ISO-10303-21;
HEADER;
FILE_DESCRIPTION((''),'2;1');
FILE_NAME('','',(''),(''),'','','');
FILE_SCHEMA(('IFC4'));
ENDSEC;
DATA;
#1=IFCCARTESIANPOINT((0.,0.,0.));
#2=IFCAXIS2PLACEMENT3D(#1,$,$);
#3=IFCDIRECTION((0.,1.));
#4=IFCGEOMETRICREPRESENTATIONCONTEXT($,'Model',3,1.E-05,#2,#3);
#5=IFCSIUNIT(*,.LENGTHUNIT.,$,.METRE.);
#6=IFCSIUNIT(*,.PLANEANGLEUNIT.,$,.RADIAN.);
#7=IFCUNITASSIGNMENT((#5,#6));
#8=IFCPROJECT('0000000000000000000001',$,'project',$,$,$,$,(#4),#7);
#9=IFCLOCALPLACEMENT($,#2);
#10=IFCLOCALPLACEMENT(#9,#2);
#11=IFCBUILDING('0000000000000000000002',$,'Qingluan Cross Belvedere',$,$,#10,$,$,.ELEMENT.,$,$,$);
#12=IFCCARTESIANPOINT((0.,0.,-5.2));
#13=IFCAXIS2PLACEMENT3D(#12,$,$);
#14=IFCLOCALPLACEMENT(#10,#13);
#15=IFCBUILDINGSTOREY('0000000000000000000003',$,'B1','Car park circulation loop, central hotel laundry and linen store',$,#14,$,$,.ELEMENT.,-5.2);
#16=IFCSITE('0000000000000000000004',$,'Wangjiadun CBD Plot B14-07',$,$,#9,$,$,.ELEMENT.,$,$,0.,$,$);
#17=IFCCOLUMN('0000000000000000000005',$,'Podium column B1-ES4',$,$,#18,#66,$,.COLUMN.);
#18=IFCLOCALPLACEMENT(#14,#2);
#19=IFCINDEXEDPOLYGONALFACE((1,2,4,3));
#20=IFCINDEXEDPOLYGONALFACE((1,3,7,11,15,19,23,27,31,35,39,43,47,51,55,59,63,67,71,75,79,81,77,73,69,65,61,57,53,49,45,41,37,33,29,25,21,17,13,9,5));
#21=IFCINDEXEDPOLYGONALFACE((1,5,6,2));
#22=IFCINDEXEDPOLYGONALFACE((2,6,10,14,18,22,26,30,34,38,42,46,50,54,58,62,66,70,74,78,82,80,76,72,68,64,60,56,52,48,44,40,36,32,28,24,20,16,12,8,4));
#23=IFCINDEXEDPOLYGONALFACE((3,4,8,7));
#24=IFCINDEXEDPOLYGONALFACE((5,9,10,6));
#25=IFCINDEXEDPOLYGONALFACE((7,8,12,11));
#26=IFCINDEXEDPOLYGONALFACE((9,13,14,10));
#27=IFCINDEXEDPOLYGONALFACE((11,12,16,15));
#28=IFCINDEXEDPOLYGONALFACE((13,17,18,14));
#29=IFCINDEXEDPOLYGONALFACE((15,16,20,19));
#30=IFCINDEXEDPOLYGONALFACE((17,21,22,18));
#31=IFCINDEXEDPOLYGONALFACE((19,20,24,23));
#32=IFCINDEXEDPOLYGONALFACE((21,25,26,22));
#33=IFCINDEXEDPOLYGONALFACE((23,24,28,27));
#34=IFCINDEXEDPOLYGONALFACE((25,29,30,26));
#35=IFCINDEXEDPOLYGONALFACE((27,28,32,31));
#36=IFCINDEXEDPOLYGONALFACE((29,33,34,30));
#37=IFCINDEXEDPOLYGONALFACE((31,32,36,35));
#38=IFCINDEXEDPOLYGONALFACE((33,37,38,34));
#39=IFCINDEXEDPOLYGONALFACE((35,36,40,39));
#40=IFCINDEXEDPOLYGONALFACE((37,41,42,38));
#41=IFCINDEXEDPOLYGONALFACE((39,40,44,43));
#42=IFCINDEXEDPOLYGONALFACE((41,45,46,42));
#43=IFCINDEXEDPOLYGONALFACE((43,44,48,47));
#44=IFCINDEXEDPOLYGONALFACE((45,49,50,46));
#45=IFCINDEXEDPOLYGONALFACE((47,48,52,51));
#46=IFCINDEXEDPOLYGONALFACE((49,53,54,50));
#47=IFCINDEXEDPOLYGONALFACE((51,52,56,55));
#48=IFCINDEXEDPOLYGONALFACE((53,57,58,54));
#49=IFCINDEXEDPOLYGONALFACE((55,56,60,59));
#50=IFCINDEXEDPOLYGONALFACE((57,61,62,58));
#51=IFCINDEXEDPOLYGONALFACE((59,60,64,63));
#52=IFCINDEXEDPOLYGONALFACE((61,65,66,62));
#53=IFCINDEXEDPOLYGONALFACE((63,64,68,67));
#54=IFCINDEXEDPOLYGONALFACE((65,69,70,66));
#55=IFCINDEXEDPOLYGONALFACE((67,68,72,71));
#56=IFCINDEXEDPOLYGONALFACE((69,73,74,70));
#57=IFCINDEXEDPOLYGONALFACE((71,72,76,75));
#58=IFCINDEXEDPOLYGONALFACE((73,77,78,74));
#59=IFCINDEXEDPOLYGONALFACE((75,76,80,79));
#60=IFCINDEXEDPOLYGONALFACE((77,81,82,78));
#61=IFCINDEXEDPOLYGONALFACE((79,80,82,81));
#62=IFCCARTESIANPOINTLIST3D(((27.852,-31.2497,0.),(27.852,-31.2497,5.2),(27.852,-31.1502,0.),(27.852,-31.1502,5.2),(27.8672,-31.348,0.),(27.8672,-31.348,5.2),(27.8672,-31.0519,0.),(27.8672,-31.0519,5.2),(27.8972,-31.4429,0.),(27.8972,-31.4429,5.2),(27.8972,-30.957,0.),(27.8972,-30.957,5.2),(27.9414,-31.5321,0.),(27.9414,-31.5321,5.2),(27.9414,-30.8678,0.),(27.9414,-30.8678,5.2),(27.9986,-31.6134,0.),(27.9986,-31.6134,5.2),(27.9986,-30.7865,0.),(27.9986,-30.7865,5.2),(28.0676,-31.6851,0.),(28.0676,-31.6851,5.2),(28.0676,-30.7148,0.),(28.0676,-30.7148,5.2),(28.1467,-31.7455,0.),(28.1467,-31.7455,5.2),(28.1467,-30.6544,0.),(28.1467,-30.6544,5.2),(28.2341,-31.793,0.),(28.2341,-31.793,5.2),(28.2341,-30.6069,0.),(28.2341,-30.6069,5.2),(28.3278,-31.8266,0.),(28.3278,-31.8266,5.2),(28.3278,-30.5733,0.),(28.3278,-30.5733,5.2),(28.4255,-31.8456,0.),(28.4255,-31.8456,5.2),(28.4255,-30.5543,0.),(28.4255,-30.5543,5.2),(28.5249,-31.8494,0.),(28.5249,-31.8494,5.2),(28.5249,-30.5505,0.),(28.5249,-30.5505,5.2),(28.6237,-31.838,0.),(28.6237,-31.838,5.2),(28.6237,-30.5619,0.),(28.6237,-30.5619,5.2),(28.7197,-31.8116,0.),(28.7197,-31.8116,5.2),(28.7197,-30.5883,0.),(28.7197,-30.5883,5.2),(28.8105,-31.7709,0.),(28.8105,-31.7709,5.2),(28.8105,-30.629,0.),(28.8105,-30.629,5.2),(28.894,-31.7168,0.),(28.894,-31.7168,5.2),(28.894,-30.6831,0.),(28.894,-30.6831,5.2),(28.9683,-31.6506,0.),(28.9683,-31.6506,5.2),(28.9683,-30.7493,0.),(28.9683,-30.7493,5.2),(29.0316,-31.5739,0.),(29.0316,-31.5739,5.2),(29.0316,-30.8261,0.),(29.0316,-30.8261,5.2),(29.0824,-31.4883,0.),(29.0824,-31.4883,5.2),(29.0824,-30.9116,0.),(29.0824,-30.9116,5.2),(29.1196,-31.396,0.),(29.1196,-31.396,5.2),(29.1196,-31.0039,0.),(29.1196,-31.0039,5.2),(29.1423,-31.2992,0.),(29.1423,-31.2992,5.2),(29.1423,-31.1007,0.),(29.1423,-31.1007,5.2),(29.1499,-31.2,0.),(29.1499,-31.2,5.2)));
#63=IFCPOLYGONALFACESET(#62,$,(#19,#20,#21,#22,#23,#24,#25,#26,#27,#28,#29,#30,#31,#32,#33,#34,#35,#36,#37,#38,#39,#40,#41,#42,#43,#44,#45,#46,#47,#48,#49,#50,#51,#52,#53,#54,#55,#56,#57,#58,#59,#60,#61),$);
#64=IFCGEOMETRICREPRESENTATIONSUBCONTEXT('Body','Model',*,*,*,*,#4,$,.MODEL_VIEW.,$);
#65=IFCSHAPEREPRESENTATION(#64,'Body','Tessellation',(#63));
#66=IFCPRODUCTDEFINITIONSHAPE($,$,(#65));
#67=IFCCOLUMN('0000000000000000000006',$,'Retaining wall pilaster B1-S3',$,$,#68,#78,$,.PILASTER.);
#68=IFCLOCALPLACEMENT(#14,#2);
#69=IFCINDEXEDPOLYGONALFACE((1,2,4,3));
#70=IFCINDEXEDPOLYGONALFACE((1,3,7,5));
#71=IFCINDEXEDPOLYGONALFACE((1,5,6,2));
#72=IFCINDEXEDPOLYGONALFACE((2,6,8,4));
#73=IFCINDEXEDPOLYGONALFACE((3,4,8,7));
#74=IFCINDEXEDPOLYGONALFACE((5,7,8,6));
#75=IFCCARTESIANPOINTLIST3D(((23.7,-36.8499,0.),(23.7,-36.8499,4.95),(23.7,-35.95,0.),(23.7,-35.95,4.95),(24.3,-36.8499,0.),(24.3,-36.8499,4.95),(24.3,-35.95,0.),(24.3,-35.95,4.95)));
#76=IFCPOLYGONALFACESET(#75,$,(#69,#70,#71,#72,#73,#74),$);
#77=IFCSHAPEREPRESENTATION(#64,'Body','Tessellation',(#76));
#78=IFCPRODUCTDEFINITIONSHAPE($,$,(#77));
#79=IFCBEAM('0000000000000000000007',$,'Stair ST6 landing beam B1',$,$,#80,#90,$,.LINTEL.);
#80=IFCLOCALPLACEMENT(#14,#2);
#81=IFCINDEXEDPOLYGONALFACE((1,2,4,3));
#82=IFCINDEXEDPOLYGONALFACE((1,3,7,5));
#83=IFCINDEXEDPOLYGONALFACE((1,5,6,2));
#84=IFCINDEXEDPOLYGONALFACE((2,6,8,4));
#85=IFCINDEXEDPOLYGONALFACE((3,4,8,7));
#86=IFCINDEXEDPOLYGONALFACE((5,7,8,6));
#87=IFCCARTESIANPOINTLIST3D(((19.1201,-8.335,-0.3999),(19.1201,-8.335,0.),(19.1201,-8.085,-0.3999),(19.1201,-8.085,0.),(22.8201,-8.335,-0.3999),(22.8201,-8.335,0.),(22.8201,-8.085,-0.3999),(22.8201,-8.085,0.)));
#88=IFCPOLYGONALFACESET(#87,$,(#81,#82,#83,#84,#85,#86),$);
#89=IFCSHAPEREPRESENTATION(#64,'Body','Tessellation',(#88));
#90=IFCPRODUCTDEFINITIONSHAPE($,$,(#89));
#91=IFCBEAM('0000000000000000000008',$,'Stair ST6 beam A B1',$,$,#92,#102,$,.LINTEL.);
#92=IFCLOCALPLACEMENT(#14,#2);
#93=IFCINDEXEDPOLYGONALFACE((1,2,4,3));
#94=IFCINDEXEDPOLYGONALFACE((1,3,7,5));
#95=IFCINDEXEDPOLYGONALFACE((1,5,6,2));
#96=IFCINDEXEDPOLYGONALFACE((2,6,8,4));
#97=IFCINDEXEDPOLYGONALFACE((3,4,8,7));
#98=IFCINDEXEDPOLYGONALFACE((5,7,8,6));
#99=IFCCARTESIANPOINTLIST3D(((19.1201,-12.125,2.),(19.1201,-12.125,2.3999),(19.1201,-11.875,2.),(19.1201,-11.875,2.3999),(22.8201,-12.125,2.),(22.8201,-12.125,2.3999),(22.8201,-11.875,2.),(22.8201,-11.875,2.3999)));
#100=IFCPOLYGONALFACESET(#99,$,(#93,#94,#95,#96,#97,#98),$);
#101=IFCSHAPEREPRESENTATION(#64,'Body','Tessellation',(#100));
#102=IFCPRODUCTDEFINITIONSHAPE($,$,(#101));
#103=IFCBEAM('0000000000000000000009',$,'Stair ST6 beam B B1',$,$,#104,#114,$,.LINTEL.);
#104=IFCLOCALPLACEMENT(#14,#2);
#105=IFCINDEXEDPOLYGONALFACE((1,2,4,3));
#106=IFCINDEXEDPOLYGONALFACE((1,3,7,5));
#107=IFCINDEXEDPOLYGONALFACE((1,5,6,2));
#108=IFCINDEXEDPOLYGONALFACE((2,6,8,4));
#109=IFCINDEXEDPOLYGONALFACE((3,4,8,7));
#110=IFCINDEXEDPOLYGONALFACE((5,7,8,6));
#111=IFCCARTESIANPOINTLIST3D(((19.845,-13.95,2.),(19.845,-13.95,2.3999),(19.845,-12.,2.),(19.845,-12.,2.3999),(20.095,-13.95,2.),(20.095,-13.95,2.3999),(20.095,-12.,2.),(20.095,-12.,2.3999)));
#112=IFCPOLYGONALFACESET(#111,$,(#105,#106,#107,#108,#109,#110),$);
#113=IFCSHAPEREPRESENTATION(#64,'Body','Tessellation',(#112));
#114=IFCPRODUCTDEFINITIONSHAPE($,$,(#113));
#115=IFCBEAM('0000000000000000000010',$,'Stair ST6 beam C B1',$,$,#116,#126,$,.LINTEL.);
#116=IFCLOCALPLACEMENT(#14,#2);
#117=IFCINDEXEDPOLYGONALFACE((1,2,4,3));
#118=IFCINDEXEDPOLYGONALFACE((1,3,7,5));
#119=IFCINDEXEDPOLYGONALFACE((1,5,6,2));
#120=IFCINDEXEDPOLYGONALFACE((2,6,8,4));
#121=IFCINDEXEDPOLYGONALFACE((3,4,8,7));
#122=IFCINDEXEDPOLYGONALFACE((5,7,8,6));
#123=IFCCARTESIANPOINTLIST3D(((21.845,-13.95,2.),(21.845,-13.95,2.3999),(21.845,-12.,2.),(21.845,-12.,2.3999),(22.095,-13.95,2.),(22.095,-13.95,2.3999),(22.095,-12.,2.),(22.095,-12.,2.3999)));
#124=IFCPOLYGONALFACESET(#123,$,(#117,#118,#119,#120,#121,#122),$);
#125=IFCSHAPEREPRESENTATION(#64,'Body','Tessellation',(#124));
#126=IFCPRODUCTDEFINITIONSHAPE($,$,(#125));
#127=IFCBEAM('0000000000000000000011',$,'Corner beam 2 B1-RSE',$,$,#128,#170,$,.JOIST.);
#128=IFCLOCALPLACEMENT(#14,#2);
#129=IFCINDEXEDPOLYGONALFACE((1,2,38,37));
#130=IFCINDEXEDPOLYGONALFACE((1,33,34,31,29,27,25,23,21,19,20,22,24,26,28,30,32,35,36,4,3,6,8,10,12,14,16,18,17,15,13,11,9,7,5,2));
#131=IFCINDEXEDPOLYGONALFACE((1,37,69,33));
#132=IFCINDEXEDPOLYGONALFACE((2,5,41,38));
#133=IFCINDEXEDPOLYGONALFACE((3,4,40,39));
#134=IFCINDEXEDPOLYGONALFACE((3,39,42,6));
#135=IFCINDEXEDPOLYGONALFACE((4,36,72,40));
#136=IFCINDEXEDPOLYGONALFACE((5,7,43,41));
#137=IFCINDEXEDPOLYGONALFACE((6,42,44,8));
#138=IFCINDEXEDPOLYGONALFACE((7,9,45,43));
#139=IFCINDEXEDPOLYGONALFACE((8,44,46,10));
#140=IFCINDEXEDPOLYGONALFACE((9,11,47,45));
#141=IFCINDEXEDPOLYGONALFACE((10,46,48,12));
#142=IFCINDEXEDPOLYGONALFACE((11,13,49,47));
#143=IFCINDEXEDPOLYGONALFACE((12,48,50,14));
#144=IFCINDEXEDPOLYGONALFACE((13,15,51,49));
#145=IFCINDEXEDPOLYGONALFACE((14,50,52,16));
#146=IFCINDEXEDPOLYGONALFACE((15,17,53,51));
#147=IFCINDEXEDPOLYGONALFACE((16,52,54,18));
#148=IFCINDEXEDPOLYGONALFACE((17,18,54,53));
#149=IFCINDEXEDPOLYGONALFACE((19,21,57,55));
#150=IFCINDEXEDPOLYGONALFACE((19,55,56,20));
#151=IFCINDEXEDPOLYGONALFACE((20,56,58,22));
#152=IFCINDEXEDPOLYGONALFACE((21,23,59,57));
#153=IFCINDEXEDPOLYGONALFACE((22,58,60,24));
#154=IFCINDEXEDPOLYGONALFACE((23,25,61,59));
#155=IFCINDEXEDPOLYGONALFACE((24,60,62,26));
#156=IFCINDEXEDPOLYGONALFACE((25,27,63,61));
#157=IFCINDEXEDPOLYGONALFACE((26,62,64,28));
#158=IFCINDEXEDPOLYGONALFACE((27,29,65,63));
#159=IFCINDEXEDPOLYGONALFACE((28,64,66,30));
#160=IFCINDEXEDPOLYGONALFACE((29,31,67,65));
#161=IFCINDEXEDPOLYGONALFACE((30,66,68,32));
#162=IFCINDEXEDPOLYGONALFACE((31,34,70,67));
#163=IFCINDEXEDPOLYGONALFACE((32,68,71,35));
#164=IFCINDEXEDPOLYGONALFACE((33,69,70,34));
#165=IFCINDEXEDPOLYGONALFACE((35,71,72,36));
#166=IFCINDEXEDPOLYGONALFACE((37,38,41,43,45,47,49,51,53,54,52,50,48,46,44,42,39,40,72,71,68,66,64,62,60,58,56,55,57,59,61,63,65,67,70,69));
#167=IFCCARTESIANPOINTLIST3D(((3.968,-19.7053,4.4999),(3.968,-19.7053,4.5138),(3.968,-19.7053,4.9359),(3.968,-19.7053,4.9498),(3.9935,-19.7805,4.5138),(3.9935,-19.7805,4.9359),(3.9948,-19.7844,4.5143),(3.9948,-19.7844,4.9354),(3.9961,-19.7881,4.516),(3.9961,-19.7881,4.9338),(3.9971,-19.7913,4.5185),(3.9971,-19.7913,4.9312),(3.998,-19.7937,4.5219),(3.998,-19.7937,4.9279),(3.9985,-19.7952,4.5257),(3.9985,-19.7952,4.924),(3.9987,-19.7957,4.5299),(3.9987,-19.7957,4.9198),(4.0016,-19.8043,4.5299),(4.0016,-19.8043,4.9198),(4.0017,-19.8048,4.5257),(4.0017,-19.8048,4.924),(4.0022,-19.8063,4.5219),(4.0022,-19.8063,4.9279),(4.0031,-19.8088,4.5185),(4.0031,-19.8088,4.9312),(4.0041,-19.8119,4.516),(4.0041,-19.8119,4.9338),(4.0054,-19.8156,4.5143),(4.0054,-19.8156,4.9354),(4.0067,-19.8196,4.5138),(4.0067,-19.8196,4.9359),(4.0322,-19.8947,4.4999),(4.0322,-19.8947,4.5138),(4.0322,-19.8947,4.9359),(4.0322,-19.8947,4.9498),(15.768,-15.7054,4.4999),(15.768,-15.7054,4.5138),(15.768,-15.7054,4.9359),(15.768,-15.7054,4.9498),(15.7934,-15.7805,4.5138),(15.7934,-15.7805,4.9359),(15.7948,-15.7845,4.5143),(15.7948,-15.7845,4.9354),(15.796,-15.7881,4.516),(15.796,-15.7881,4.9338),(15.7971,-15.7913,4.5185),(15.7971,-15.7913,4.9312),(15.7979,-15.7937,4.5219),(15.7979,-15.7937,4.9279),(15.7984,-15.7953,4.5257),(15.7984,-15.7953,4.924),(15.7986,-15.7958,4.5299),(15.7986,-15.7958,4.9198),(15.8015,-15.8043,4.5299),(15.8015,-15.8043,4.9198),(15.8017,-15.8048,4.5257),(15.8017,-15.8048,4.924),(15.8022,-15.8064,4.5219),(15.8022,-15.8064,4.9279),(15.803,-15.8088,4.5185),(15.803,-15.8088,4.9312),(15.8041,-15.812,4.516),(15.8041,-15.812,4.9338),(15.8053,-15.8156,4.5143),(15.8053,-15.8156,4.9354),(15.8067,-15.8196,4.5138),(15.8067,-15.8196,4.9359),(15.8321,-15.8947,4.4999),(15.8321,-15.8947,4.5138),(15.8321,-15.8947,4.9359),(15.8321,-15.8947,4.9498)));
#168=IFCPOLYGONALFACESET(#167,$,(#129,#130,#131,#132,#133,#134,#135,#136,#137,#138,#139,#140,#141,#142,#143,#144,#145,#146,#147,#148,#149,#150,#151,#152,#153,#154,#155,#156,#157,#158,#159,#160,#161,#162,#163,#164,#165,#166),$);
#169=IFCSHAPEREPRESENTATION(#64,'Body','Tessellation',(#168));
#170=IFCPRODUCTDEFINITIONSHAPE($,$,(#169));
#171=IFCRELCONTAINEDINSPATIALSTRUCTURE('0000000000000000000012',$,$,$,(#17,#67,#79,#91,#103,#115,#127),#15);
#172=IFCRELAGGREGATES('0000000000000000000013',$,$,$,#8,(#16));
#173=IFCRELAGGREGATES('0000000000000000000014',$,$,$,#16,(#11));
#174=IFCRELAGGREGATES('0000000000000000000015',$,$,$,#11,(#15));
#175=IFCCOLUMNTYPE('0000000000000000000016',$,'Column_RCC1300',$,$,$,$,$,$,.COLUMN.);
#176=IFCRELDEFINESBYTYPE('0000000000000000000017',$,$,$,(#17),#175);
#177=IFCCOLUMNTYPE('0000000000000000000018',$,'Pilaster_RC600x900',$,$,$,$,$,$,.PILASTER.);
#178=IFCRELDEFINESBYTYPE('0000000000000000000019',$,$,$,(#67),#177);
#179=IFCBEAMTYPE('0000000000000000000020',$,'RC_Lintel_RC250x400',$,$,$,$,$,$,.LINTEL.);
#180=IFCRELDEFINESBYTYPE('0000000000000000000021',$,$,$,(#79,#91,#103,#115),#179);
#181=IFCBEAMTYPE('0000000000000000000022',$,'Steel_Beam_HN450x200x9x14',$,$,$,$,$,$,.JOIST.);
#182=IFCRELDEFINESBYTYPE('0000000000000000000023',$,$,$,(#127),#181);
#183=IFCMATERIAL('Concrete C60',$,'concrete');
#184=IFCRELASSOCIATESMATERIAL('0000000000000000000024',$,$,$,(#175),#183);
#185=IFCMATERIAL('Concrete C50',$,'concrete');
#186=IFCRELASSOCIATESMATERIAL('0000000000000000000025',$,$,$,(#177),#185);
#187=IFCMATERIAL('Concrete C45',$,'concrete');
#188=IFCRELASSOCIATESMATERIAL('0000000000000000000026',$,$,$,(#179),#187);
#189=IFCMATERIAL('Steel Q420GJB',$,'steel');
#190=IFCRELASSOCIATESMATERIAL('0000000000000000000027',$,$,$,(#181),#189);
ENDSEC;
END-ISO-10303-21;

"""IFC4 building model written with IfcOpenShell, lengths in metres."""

from ifc_helpers import new_model, si_unit, direction, frame, origin, origin_2d, place, context, subcontext, project, spatial, rectangle, circle, i_section, extrude, material, material_profile, profile_set, type_object, element, save


model = new_model("IFC4")

# Units and contexts
model_context = context("Model", 3, precision=1e-05, world=origin(), true_north=direction((0.0, 1.0)))
body_context = subcontext(model_context, "Body", "Model", "MODEL_VIEW")
ifc_project = project(units=[si_unit("LENGTHUNIT", "METRE"), si_unit("PLANEANGLEUNIT", "RADIAN")], contexts=[model_context])

# Site, building, storey
site_placement = place(None, origin())
site = spatial("IfcSite", under=ifc_project, at=site_placement, Name="Wangjiadun CBD Plot B14-07", CompositionType="ELEMENT", RefElevation=0.0)
building_placement = place(site_placement, origin())
building = spatial("IfcBuilding", under=site, at=building_placement, Name="Qingluan Cross Belvedere", CompositionType="ELEMENT")
storey_placement = place(building_placement, frame((0.0, 0.0, -5.2)))
storey = spatial("IfcBuildingStorey", under=building, at=storey_placement, Name="B1", Description="Car park circulation loop, central hotel laundry and linen store", CompositionType="ELEMENT", Elevation=-5.2)

# Columns
ifc_material_1 = material(Name="Concrete C60", Category="concrete")
ifc_material_profile_1 = material_profile(ifc_material_1, circle(Radius=0.6499, at=origin_2d()), Name="RCC1300")
ifc_profile_set_1 = profile_set([ifc_material_profile_1], Name="Concrete C60")
column_type_1 = type_object("IfcColumnType", Name="Column_RCC1300", PredefinedType="COLUMN", material=ifc_profile_set_1)
for number, where, z_axis, x_axis, name in (
    (1, (28.5, -31.2, 0.0), (0.0, 0.0, 1.0), (1.0, 0.0, 0.0), "Podium column B1-ES4"),
):
    element("IfcColumn", number, at=place(storey_placement, frame(where, z_axis=z_axis, x_axis=x_axis)), inside=storey, type_object=column_type_1, Name=name, PredefinedType="COLUMN", context=body_context, shape_type="SweptSolid", body=[
        extrude(circle(Radius=0.6499, at=origin_2d()), origin(), (0.0, 0.0, 1.0), 5.2),
    ])
ifc_material_2 = material(Name="Concrete C50", Category="concrete")
ifc_material_profile_2 = material_profile(ifc_material_2, rectangle(XDim=0.6001, YDim=0.8999, at=origin_2d()), Name="RC600x900")
ifc_profile_set_2 = profile_set([ifc_material_profile_2], Name="Concrete C50")
column_type_2 = type_object("IfcColumnType", Name="Pilaster_RC600x900", PredefinedType="PILASTER", material=ifc_profile_set_2)
column_1_placement = place(storey_placement, frame((24.0, -36.3999, 0.0), z_axis=(0.0, 0.0, 1.0), x_axis=(1.0, 0.0, 0.0)))
element("IfcColumn", 2, at=column_1_placement, inside=storey, type_object=column_type_2, Name="Retaining wall pilaster B1-S3", PredefinedType="PILASTER", context=body_context, shape_type="SweptSolid", body=[
    extrude(rectangle(XDim=0.6001, YDim=0.8999, at=origin_2d()), origin(), (0.0, 0.0, 1.0), 4.95),
])

# Beams
ifc_material_3 = material(Name="Concrete C45", Category="concrete")
ifc_material_profile_3 = material_profile(ifc_material_3, rectangle(XDim=0.25, YDim=0.3999, at=origin_2d()), Name="RC250x400")
ifc_profile_set_3 = profile_set([ifc_material_profile_3], Name="Concrete C45")
beam_type_1 = type_object("IfcBeamType", Name="RC_Lintel_RC250x400", PredefinedType="LINTEL", material=ifc_profile_set_3)
for number, where, z_axis, x_axis, name in (
    (3, (19.1201, -8.21, -0.2), (1.0, 0.0, 0.0), (0.0, 1.0, 0.0), "Stair ST6 landing beam B1"),
    (4, (19.1201, -12.0, 2.2), (1.0, 0.0, 0.0), (0.0, 1.0, 0.0), "Stair ST6 beam A B1"),
):
    element("IfcBeam", number, at=place(storey_placement, frame(where, z_axis=z_axis, x_axis=x_axis)), inside=storey, type_object=beam_type_1, Name=name, PredefinedType="LINTEL", context=body_context, shape_type="SweptSolid", body=[
        extrude(rectangle(XDim=0.25, YDim=0.3999, at=origin_2d()), origin(), (0.0, 0.0, 1.0), 3.7),
    ])
for number, where, z_axis, x_axis, name in (
    (5, (19.97, -13.95, 2.2), (0.0, 1.0, 0.0), (-1.0, 0.0, 0.0), "Stair ST6 beam B B1"),
    (6, (21.97, -13.95, 2.2), (0.0, 1.0, 0.0), (-1.0, 0.0, 0.0), "Stair ST6 beam C B1"),
):
    element("IfcBeam", number, at=place(storey_placement, frame(where, z_axis=z_axis, x_axis=x_axis)), inside=storey, type_object=beam_type_1, Name=name, PredefinedType="LINTEL", context=body_context, shape_type="SweptSolid", body=[
        extrude(rectangle(XDim=0.25, YDim=0.3999, at=origin_2d()), origin(), (0.0, 0.0, 1.0), 1.95),
    ])
ifc_material_4 = material(Name="Steel Q420GJB", Category="steel")
ifc_material_profile_4 = material_profile(ifc_material_4, i_section(OverallWidth=0.2, OverallDepth=0.45, WebThickness=0.009, FlangeThickness=0.0139, FilletRadius=0.0161, at=origin_2d()), Name="HN450x200x9x14")
ifc_profile_set_4 = profile_set([ifc_material_profile_4], Name="Steel Q420GJB")
beam_type_2 = type_object("IfcBeamType", Name="Steel_Beam_HN450x200x9x14", PredefinedType="JOIST", material=ifc_profile_set_4)
for number, where, z_axis, x_axis, name in (
    (7, (15.8, -15.8, 4.7249), (-0.947066, -0.321038, 0.0), (0.321038, -0.947066, 0.0), "Corner beam 2 B1-RSE"),
):
    element("IfcBeam", number, at=place(storey_placement, frame(where, z_axis=z_axis, x_axis=x_axis)), inside=storey, type_object=beam_type_2, Name=name, PredefinedType="JOIST", context=body_context, shape_type="SweptSolid", body=[
        extrude(i_section(OverallWidth=0.2, OverallDepth=0.45, WebThickness=0.009, FlangeThickness=0.0139, FilletRadius=0.0161, at=origin_2d()), origin(), (0.0, 0.0, 1.0), 12.4595),
    ])

save(model, "model.ifc")
